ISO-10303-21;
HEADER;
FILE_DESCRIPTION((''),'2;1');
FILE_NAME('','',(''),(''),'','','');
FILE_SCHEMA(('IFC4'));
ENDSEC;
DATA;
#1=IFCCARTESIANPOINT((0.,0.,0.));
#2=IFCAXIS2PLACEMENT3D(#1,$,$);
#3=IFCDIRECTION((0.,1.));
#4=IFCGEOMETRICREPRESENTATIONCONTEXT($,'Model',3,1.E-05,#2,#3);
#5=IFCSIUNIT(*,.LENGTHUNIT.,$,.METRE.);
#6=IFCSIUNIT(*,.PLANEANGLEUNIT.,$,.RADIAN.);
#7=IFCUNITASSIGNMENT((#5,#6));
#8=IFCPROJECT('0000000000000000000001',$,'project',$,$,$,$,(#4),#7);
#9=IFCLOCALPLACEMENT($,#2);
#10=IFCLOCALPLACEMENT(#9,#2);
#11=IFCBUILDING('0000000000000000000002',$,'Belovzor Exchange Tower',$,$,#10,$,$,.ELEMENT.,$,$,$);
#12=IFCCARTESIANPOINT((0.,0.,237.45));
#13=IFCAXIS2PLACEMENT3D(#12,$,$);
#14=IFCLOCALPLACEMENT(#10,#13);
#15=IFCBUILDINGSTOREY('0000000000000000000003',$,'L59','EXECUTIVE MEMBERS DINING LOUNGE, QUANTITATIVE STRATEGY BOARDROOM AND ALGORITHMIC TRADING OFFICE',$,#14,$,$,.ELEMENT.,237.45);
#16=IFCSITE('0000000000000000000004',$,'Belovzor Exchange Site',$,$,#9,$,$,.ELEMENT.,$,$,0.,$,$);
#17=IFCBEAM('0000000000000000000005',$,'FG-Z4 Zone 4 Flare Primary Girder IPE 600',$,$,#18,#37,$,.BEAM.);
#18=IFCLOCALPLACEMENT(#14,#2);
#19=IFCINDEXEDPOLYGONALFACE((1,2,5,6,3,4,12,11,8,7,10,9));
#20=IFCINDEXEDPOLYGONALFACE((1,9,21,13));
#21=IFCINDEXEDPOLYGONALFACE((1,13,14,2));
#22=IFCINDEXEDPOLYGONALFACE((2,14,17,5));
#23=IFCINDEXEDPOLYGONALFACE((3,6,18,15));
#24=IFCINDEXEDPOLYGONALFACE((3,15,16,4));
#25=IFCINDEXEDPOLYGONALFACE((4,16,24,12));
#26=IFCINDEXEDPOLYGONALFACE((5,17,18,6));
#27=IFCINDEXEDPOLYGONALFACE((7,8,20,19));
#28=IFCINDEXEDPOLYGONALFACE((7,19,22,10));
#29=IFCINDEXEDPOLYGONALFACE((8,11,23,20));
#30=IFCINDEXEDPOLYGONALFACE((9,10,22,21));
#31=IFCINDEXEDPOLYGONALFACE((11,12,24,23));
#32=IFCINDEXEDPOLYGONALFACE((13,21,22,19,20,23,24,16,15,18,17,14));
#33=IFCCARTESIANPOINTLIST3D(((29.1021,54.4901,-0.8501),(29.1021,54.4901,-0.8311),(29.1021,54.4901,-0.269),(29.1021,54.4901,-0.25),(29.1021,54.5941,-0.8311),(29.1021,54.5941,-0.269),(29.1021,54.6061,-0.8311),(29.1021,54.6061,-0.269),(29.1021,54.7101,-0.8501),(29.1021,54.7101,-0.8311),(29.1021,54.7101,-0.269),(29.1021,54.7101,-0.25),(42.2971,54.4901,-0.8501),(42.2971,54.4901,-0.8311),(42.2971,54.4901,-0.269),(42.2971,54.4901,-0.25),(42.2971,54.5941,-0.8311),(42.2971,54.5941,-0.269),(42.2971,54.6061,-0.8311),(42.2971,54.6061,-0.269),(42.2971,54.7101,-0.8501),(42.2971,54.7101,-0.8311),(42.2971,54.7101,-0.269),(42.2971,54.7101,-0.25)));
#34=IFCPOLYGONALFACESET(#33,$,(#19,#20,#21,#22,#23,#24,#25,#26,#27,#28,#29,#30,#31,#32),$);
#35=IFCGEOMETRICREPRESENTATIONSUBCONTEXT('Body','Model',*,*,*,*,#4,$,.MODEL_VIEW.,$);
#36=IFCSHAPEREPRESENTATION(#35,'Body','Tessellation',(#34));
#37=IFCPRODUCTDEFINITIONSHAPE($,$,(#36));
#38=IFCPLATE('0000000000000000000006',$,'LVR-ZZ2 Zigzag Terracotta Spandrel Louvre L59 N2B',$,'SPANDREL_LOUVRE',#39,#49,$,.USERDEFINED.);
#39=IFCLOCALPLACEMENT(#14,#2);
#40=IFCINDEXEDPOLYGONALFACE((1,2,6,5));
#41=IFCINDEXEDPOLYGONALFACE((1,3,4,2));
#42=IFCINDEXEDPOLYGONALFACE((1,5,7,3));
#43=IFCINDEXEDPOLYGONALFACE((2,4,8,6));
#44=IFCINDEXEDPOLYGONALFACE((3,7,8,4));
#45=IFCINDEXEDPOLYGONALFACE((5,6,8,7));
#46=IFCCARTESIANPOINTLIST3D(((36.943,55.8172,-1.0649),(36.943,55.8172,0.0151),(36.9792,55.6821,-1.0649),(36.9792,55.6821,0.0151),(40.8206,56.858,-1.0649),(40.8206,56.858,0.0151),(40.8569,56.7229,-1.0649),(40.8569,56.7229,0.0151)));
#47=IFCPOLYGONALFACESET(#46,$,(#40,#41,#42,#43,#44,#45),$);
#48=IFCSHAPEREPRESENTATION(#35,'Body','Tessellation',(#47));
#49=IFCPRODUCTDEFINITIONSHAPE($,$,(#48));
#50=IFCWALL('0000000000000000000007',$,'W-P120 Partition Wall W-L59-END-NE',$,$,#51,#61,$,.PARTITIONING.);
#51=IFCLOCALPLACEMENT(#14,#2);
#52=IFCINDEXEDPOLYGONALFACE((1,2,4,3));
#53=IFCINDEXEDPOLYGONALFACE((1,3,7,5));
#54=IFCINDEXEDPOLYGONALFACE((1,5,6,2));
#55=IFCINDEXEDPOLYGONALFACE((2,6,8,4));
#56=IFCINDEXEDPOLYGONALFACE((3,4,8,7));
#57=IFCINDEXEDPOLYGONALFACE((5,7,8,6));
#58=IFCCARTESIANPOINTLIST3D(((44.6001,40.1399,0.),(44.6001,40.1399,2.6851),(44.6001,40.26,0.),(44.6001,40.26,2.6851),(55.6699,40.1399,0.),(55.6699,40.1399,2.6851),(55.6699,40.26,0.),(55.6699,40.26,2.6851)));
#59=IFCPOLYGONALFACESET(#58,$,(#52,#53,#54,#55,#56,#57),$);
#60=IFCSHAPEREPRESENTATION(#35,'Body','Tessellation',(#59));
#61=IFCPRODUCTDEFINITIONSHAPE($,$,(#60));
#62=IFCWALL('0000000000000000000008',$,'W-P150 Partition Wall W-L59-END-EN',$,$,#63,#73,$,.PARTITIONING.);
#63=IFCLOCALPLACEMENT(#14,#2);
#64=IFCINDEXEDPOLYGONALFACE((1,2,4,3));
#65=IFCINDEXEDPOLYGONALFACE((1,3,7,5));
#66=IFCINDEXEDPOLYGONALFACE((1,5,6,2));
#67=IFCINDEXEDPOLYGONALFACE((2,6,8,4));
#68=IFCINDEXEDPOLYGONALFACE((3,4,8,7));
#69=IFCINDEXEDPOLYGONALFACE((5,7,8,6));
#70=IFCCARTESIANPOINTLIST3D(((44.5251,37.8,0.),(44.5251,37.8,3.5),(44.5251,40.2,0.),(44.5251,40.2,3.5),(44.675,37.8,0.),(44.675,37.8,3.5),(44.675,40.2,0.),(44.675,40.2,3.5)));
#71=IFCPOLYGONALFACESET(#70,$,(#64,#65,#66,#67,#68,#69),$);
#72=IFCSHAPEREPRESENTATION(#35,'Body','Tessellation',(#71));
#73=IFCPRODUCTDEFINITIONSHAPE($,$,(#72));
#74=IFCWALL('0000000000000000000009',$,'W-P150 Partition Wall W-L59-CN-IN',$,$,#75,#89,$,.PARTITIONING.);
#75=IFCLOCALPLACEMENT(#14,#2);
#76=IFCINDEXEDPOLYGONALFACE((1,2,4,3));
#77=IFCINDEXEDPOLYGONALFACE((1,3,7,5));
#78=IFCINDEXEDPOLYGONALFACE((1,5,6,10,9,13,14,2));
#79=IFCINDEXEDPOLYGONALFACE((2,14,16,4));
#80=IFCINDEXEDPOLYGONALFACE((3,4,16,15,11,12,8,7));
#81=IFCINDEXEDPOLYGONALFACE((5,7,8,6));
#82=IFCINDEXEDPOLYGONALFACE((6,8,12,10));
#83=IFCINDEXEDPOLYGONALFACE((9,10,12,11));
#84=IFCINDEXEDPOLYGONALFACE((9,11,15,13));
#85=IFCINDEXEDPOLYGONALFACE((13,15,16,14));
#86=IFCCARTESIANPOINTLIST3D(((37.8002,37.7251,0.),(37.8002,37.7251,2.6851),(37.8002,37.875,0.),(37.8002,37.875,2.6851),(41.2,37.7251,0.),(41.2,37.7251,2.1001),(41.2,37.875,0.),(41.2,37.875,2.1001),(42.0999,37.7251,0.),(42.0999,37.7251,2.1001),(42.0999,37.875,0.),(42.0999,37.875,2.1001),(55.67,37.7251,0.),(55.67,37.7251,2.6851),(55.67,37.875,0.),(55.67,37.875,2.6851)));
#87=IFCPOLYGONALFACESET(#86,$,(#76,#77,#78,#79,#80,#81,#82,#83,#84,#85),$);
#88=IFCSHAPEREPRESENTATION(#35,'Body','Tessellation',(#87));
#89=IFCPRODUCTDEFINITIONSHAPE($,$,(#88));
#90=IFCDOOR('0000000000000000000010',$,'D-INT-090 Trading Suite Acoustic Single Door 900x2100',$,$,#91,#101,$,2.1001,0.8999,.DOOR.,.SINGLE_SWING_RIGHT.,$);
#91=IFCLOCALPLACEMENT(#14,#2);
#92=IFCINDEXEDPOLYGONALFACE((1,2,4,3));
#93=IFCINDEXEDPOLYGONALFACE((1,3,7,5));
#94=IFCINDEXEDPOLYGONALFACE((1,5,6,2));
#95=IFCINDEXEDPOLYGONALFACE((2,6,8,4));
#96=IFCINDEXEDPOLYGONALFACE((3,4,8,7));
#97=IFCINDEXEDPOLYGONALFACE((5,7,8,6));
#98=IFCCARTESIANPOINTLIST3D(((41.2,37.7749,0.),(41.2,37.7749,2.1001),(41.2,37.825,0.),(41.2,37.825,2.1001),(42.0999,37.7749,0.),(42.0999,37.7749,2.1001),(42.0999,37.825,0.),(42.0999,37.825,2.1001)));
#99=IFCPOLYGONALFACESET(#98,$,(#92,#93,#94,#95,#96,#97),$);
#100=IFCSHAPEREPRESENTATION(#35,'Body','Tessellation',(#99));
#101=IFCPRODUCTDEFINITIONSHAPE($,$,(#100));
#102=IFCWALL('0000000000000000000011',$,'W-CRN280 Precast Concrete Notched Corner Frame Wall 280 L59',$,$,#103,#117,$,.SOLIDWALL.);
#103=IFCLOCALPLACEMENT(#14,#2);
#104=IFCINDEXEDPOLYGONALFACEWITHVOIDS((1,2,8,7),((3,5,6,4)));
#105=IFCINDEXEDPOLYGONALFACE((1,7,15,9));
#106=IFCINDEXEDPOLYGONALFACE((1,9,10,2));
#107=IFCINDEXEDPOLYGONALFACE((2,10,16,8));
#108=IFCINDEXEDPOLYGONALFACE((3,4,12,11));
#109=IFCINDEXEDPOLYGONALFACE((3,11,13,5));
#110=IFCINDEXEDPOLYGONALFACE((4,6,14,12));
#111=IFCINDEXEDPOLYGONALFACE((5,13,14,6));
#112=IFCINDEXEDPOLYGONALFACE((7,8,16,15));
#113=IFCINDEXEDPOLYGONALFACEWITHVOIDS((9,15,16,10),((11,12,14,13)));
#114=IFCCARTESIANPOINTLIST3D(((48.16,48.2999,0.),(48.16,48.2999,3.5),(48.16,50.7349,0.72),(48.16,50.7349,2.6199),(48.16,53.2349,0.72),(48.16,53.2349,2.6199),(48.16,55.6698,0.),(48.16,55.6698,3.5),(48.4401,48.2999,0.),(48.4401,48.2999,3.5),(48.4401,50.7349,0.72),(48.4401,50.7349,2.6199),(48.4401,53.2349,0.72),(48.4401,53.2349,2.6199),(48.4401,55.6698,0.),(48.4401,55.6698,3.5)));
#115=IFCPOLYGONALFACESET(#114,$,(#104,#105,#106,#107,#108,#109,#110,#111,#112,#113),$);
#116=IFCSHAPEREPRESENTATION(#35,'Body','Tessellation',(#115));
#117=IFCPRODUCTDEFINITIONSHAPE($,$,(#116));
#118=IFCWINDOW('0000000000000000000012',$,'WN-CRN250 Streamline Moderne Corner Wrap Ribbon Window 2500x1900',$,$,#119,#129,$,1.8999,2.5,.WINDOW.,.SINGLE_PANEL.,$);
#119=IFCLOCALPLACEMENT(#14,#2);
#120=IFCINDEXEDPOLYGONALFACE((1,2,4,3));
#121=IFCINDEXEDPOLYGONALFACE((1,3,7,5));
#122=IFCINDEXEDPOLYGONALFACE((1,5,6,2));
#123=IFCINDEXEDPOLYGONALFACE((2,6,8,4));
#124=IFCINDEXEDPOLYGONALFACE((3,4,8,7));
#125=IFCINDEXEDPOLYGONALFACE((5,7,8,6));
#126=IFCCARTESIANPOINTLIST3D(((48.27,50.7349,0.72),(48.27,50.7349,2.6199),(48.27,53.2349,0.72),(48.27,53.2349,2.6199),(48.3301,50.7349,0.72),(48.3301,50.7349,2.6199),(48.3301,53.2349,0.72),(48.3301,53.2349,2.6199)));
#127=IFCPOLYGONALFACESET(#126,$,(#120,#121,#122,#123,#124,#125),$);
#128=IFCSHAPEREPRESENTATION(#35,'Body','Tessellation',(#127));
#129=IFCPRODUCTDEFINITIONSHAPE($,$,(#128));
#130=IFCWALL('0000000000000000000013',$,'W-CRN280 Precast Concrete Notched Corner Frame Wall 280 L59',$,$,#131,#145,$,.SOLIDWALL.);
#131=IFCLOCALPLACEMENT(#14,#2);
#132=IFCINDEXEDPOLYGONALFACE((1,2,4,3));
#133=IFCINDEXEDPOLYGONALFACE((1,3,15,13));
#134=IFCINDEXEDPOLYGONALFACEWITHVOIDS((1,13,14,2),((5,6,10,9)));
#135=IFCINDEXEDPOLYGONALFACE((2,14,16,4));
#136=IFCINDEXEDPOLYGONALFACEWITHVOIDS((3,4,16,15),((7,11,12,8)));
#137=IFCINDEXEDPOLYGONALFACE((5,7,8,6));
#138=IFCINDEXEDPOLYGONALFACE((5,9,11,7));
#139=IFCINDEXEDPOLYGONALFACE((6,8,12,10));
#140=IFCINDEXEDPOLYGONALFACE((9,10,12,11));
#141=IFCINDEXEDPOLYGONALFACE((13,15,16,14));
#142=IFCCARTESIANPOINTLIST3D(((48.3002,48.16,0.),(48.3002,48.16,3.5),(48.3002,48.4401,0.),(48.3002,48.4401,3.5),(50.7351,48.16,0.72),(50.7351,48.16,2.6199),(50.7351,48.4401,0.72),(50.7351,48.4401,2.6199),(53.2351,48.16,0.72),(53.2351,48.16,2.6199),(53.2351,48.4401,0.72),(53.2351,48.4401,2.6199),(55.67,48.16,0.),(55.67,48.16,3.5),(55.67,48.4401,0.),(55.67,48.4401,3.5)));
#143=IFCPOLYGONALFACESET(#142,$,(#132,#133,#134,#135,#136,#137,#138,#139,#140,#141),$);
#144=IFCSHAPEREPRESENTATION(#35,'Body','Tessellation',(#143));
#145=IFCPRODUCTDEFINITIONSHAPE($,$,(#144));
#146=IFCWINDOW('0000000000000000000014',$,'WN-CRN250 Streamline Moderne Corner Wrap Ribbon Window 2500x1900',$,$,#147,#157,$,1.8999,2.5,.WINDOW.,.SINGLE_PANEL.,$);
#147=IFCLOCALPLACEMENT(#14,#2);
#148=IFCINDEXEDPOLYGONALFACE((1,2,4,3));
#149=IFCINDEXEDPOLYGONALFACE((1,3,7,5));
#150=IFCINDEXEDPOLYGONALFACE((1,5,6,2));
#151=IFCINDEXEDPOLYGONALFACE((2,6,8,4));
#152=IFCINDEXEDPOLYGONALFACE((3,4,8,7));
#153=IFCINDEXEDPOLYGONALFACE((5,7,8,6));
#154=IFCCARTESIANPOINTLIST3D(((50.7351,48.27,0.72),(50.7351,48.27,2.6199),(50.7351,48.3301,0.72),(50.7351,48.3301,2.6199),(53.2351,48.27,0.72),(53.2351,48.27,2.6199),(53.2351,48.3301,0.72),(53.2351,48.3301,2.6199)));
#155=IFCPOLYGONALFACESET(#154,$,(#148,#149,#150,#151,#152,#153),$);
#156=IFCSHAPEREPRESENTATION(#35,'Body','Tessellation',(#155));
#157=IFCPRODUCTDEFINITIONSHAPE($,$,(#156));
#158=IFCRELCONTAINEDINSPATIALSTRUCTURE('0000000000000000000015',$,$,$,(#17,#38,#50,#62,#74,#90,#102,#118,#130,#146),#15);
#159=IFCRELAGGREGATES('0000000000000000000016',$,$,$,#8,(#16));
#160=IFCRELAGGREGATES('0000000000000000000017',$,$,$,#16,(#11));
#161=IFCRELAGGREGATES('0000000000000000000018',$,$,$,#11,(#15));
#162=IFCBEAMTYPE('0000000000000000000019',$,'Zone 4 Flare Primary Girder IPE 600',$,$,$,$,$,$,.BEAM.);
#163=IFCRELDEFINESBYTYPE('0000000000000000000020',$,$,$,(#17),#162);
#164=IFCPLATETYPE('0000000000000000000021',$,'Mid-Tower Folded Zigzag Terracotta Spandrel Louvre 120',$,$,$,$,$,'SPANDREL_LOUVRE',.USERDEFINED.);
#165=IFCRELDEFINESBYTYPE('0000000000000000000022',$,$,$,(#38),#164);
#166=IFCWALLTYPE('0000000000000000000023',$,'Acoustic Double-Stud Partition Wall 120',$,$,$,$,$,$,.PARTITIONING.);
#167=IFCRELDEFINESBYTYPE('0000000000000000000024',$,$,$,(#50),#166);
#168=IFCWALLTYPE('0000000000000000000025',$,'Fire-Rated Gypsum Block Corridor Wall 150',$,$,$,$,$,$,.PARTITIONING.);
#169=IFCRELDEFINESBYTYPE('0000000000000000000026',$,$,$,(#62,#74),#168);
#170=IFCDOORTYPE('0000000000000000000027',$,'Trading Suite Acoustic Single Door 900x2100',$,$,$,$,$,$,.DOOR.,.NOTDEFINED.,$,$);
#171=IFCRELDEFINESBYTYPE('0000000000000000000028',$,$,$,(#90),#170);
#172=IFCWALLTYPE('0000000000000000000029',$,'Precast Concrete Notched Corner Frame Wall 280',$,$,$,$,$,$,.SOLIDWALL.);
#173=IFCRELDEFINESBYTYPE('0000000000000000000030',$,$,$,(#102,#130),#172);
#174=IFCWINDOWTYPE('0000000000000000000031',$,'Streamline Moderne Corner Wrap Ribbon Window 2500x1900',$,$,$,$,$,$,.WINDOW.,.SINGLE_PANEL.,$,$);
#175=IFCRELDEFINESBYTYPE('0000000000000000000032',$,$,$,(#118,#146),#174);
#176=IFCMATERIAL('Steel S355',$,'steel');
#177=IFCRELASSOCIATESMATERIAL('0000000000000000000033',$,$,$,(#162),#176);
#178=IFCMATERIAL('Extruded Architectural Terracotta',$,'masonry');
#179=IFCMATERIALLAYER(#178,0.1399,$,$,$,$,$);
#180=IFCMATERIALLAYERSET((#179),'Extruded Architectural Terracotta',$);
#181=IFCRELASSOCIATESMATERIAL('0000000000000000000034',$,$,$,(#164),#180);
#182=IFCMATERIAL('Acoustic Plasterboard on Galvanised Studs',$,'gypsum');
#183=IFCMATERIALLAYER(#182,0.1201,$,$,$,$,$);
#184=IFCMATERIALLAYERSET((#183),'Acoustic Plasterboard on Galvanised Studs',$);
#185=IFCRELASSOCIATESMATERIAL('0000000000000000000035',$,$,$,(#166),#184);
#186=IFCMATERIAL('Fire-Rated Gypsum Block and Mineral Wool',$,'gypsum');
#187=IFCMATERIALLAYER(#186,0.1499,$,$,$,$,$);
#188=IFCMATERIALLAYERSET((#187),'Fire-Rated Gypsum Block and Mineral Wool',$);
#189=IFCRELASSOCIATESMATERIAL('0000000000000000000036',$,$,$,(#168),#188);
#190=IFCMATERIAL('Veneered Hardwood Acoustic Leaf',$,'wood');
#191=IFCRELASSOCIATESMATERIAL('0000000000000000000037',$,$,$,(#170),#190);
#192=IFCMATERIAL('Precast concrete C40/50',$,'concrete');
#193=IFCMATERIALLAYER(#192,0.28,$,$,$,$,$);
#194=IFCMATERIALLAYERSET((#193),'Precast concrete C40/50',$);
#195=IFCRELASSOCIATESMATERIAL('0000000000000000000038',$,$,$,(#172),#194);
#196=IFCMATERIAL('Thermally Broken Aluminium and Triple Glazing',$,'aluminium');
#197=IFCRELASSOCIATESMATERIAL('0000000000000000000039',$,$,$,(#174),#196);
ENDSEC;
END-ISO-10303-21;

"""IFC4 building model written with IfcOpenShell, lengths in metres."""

from ifc_helpers import new_model, si_unit, direction, frame, frame_2d, origin, origin_2d, place, context, subcontext, project, spatial, rectangle, i_section, extrude, material, layer, layer_set, material_profile, profile_set, type_object, element, fill, save


model = new_model("IFC4")

# Units and contexts
model_context = context("Model", 3, precision=1e-05, world=origin(), true_north=direction((0.0, 1.0)))
body_context = subcontext(model_context, "Body", "Model", "MODEL_VIEW")
ifc_project = project(units=[si_unit("LENGTHUNIT", "METRE"), si_unit("PLANEANGLEUNIT", "RADIAN")], contexts=[model_context])

# Site, building, storey
site_placement = place(None, origin())
site = spatial("IfcSite", under=ifc_project, at=site_placement, Name="Belovzor Exchange Site", CompositionType="ELEMENT", RefElevation=0.0)
building_placement = place(site_placement, origin())
building = spatial("IfcBuilding", under=site, at=building_placement, Name="Belovzor Exchange Tower", CompositionType="ELEMENT")
storey_placement = place(building_placement, frame((0.0, 0.0, 237.45)))
storey = spatial("IfcBuildingStorey", under=building, at=storey_placement, Name="L59", Description="EXECUTIVE MEMBERS DINING LOUNGE, QUANTITATIVE STRATEGY BOARDROOM AND ALGORITHMIC TRADING OFFICE", CompositionType="ELEMENT", Elevation=237.45)

# Beam
ifc_material_1 = material(Name="Steel S355", Category="steel")
ifc_material_profile_1 = material_profile(ifc_material_1, i_section(OverallWidth=0.22, OverallDepth=0.6001, WebThickness=0.012, FlangeThickness=0.019, at=origin_2d()))
ifc_profile_set_1 = profile_set([ifc_material_profile_1], Name="Steel S355")
beam_type_1 = type_object("IfcBeamType", Name="Zone 4 Flare Primary Girder IPE 600", PredefinedType="BEAM", material=ifc_profile_set_1)
beam_1_placement = place(storey_placement, frame((42.2971, 54.6001, -0.55), z_axis=(-1.0, 0.0, 0.0), x_axis=(0.0, -1.0, 0.0)))
element("IfcBeam", 1, at=beam_1_placement, inside=storey, type_object=beam_type_1, Name="FG-Z4 Zone 4 Flare Primary Girder IPE 600", PredefinedType="BEAM", context=body_context, shape_type="SweptSolid", body=[
    extrude(i_section(OverallWidth=0.22, OverallDepth=0.6001, WebThickness=0.012, FlangeThickness=0.019, at=origin_2d()), origin(), (0.0, 0.0, 1.0), 13.1951),
])

# Plate
ifc_material_2 = material(Name="Extruded Architectural Terracotta", Category="masonry")
ifc_layer_1 = layer(ifc_material_2, 0.1399)
ifc_layer_set_1 = layer_set([ifc_layer_1], Name="Extruded Architectural Terracotta")
plate_type = type_object("IfcPlateType", Name="Mid-Tower Folded Zigzag Terracotta Spandrel Louvre 120", ElementType="SPANDREL_LOUVRE", PredefinedType="USERDEFINED", material=ifc_layer_set_1)
plate_placement = place(storey_placement, frame((38.8999, 56.27, -1.0649), z_axis=(0.0, 0.0, 1.0), x_axis=(0.965813, 0.25924, 0.0)))
element("IfcPlate", 2, at=plate_placement, inside=storey, type_object=plate_type, Name="LVR-ZZ2 Zigzag Terracotta Spandrel Louvre L59 N2B", ObjectType="SPANDREL_LOUVRE", PredefinedType="USERDEFINED", context=body_context, shape_type="SweptSolid", body=[
    extrude(rectangle(XDim=4.0149, YDim=0.1399, at=origin_2d()), origin(), (0.0, 0.0, 1.0), 1.0801),
])

# Walls
ifc_material_3 = material(Name="Acoustic Plasterboard on Galvanised Studs", Category="gypsum")
ifc_layer_2 = layer(ifc_material_3, 0.1201)
ifc_layer_set_2 = layer_set([ifc_layer_2], Name="Acoustic Plasterboard on Galvanised Studs")
wall_type_1 = type_object("IfcWallType", Name="Acoustic Double-Stud Partition Wall 120", PredefinedType="PARTITIONING", material=ifc_layer_set_2)
wall_1_placement = place(storey_placement, frame((44.6001, 40.2, 0.0), z_axis=(0.0, 0.0, 1.0), x_axis=(1.0, 0.0, 0.0)))
element("IfcWall", 3, at=wall_1_placement, inside=storey, type_object=wall_type_1, Name="W-P120 Partition Wall W-L59-END-NE", PredefinedType="PARTITIONING", context=body_context, shape_type="SweptSolid", body=[
    extrude(rectangle(XDim=11.0698, YDim=0.1201, at=frame_2d((5.5349, 0.0))), origin(), (0.0, 0.0, 1.0), 2.6851),
])
ifc_material_4 = material(Name="Fire-Rated Gypsum Block and Mineral Wool", Category="gypsum")
ifc_layer_3 = layer(ifc_material_4, 0.1499)
ifc_layer_set_3 = layer_set([ifc_layer_3], Name="Fire-Rated Gypsum Block and Mineral Wool")
wall_type_2 = type_object("IfcWallType", Name="Fire-Rated Gypsum Block Corridor Wall 150", PredefinedType="PARTITIONING", material=ifc_layer_set_3)
wall_2_placement = place(storey_placement, frame((44.6001, 37.8, 0.0), z_axis=(0.0, 0.0, 1.0), x_axis=(0.0, 1.0, 0.0)))
element("IfcWall", 4, at=wall_2_placement, inside=storey, type_object=wall_type_2, Name="W-P150 Partition Wall W-L59-END-EN", PredefinedType="PARTITIONING", context=body_context, shape_type="SweptSolid", body=[
    extrude(rectangle(XDim=2.3999, YDim=0.1499, at=frame_2d((1.2, 0.0))), origin(), (0.0, 0.0, 1.0), 3.5),
])

# Wall, opening, door
wall_3_placement = place(storey_placement, frame((37.8, 37.8, 0.0), z_axis=(0.0, 0.0, 1.0), x_axis=(1.0, 0.0, 0.0)))
wall_3 = element("IfcWall", 5, at=wall_3_placement, inside=storey, type_object=wall_type_2, Name="W-P150 Partition Wall W-L59-CN-IN", PredefinedType="PARTITIONING", context=body_context, shape_type="SweptSolid", body=[
    extrude(rectangle(XDim=17.8699, YDim=0.1499, at=frame_2d((8.9351, 0.0))), origin(), (0.0, 0.0, 1.0), 2.6851),
])
opening_1_placement = place(wall_3_placement, frame((3.3999, 0.0, 0.0)))
opening_1 = element("IfcOpeningElement", 6, at=opening_1_placement, cuts=wall_3, PredefinedType="OPENING", context=body_context, shape_type="SweptSolid", body=[
    extrude(rectangle(XDim=0.8999, YDim=2.1001, at=frame_2d((0.45, 1.05))), frame((0.0, 0.085, 0.0), z_axis=(0.0, -1.0, 0.0), x_axis=(1.0, 0.0, 0.0)), (0.0, 0.0, 1.0), 0.1699),
])
ifc_material_5 = material(Name="Veneered Hardwood Acoustic Leaf", Category="wood")
door_type_1 = type_object("IfcDoorType", Name="Trading Suite Acoustic Single Door 900x2100", OperationType="NOTDEFINED", PredefinedType="DOOR", material=ifc_material_5)
door_1_placement = place(opening_1_placement, origin())
door_1 = element("IfcDoor", 7, at=door_1_placement, inside=storey, type_object=door_type_1, Name="D-INT-090 Trading Suite Acoustic Single Door 900x2100", OperationType="SINGLE_SWING_RIGHT", OverallHeight=2.1001, OverallWidth=0.8999, PredefinedType="DOOR", context=body_context, shape_type="SweptSolid", body=[
    extrude(rectangle(XDim=0.8999, YDim=2.1001, at=frame_2d((0.45, 1.05))), frame((0.0, 0.0249, 0.0), z_axis=(0.0, -1.0, 0.0), x_axis=(1.0, 0.0, 0.0)), (0.0, 0.0, 1.0), 0.05),
])
fill(opening_1, door_1)

# Walls, openings, windows
ifc_material_6 = material(Name="Precast concrete C40/50", Category="concrete")
ifc_layer_4 = layer(ifc_material_6, 0.28)
ifc_layer_set_4 = layer_set([ifc_layer_4], Name="Precast concrete C40/50")
wall_type_3 = type_object("IfcWallType", Name="Precast Concrete Notched Corner Frame Wall 280", PredefinedType="SOLIDWALL", material=ifc_layer_set_4)
wall_4_placement = place(storey_placement, frame((48.3, 55.6699, 0.0), z_axis=(0.0, 0.0, 1.0), x_axis=(0.0, -1.0, 0.0)))
wall_4 = element("IfcWall", 8, at=wall_4_placement, inside=storey, type_object=wall_type_3, Name="W-CRN280 Precast Concrete Notched Corner Frame Wall 280 L59", PredefinedType="SOLIDWALL", context=body_context, shape_type="SweptSolid", body=[
    extrude(rectangle(XDim=7.3699, YDim=0.28, at=frame_2d((3.6851, 0.0))), origin(), (0.0, 0.0, 1.0), 3.5),
])
opening_2_placement = place(wall_4_placement, frame((2.4351, 0.0, 0.72)))
opening_2 = element("IfcOpeningElement", 9, at=opening_2_placement, cuts=wall_4, PredefinedType="OPENING", context=body_context, shape_type="SweptSolid", body=[
    extrude(rectangle(XDim=2.5, YDim=1.8999, at=frame_2d((1.25, 0.95))), frame((0.0, 0.1499, 0.0), z_axis=(0.0, -1.0, 0.0), x_axis=(1.0, 0.0, 0.0)), (0.0, 0.0, 1.0), 0.3),
])
ifc_material_7 = material(Name="Thermally Broken Aluminium and Triple Glazing", Category="aluminium")
window_type = type_object("IfcWindowType", Name="Streamline Moderne Corner Wrap Ribbon Window 2500x1900", PartitioningType="SINGLE_PANEL", PredefinedType="WINDOW", material=ifc_material_7)
window_1_placement = place(opening_2_placement, origin())
window_1 = element("IfcWindow", 10, at=window_1_placement, inside=storey, type_object=window_type, Name="WN-CRN250 Streamline Moderne Corner Wrap Ribbon Window 2500x1900", OverallHeight=1.8999, OverallWidth=2.5, PartitioningType="SINGLE_PANEL", PredefinedType="WINDOW", context=body_context, shape_type="SweptSolid", body=[
    extrude(rectangle(XDim=2.5, YDim=1.8999, at=frame_2d((1.25, 0.95))), frame((0.0, 0.03, 0.0), z_axis=(0.0, -1.0, 0.0), x_axis=(1.0, 0.0, 0.0)), (0.0, 0.0, 1.0), 0.0601),
])
fill(opening_2, window_1)
wall_5_placement = place(storey_placement, frame((48.3, 48.3, 0.0), z_axis=(0.0, 0.0, 1.0), x_axis=(1.0, 0.0, 0.0)))
wall_5 = element("IfcWall", 11, at=wall_5_placement, inside=storey, type_object=wall_type_3, Name="W-CRN280 Precast Concrete Notched Corner Frame Wall 280 L59", PredefinedType="SOLIDWALL", context=body_context, shape_type="SweptSolid", body=[
    extrude(rectangle(XDim=7.3699, YDim=0.28, at=frame_2d((3.6851, 0.0))), origin(), (0.0, 0.0, 1.0), 3.5),
])
opening_3_placement = place(wall_5_placement, frame((2.4351, 0.0, 0.72)))
opening_3 = element("IfcOpeningElement", 12, at=opening_3_placement, cuts=wall_5, PredefinedType="OPENING", context=body_context, shape_type="SweptSolid", body=[
    extrude(rectangle(XDim=2.5, YDim=1.8999, at=frame_2d((1.25, 0.95))), frame((0.0, 0.1499, 0.0), z_axis=(0.0, -1.0, 0.0), x_axis=(1.0, 0.0, 0.0)), (0.0, 0.0, 1.0), 0.3),
])
window_2_placement = place(opening_3_placement, origin())
window_2 = element("IfcWindow", 13, at=window_2_placement, inside=storey, type_object=window_type, Name="WN-CRN250 Streamline Moderne Corner Wrap Ribbon Window 2500x1900", OverallHeight=1.8999, OverallWidth=2.5, PartitioningType="SINGLE_PANEL", PredefinedType="WINDOW", context=body_context, shape_type="SweptSolid", body=[
    extrude(rectangle(XDim=2.5, YDim=1.8999, at=frame_2d((1.25, 0.95))), frame((0.0, 0.03, 0.0), z_axis=(0.0, -1.0, 0.0), x_axis=(1.0, 0.0, 0.0)), (0.0, 0.0, 1.0), 0.0601),
])
fill(opening_3, window_2)

save(model, "model.ifc")
